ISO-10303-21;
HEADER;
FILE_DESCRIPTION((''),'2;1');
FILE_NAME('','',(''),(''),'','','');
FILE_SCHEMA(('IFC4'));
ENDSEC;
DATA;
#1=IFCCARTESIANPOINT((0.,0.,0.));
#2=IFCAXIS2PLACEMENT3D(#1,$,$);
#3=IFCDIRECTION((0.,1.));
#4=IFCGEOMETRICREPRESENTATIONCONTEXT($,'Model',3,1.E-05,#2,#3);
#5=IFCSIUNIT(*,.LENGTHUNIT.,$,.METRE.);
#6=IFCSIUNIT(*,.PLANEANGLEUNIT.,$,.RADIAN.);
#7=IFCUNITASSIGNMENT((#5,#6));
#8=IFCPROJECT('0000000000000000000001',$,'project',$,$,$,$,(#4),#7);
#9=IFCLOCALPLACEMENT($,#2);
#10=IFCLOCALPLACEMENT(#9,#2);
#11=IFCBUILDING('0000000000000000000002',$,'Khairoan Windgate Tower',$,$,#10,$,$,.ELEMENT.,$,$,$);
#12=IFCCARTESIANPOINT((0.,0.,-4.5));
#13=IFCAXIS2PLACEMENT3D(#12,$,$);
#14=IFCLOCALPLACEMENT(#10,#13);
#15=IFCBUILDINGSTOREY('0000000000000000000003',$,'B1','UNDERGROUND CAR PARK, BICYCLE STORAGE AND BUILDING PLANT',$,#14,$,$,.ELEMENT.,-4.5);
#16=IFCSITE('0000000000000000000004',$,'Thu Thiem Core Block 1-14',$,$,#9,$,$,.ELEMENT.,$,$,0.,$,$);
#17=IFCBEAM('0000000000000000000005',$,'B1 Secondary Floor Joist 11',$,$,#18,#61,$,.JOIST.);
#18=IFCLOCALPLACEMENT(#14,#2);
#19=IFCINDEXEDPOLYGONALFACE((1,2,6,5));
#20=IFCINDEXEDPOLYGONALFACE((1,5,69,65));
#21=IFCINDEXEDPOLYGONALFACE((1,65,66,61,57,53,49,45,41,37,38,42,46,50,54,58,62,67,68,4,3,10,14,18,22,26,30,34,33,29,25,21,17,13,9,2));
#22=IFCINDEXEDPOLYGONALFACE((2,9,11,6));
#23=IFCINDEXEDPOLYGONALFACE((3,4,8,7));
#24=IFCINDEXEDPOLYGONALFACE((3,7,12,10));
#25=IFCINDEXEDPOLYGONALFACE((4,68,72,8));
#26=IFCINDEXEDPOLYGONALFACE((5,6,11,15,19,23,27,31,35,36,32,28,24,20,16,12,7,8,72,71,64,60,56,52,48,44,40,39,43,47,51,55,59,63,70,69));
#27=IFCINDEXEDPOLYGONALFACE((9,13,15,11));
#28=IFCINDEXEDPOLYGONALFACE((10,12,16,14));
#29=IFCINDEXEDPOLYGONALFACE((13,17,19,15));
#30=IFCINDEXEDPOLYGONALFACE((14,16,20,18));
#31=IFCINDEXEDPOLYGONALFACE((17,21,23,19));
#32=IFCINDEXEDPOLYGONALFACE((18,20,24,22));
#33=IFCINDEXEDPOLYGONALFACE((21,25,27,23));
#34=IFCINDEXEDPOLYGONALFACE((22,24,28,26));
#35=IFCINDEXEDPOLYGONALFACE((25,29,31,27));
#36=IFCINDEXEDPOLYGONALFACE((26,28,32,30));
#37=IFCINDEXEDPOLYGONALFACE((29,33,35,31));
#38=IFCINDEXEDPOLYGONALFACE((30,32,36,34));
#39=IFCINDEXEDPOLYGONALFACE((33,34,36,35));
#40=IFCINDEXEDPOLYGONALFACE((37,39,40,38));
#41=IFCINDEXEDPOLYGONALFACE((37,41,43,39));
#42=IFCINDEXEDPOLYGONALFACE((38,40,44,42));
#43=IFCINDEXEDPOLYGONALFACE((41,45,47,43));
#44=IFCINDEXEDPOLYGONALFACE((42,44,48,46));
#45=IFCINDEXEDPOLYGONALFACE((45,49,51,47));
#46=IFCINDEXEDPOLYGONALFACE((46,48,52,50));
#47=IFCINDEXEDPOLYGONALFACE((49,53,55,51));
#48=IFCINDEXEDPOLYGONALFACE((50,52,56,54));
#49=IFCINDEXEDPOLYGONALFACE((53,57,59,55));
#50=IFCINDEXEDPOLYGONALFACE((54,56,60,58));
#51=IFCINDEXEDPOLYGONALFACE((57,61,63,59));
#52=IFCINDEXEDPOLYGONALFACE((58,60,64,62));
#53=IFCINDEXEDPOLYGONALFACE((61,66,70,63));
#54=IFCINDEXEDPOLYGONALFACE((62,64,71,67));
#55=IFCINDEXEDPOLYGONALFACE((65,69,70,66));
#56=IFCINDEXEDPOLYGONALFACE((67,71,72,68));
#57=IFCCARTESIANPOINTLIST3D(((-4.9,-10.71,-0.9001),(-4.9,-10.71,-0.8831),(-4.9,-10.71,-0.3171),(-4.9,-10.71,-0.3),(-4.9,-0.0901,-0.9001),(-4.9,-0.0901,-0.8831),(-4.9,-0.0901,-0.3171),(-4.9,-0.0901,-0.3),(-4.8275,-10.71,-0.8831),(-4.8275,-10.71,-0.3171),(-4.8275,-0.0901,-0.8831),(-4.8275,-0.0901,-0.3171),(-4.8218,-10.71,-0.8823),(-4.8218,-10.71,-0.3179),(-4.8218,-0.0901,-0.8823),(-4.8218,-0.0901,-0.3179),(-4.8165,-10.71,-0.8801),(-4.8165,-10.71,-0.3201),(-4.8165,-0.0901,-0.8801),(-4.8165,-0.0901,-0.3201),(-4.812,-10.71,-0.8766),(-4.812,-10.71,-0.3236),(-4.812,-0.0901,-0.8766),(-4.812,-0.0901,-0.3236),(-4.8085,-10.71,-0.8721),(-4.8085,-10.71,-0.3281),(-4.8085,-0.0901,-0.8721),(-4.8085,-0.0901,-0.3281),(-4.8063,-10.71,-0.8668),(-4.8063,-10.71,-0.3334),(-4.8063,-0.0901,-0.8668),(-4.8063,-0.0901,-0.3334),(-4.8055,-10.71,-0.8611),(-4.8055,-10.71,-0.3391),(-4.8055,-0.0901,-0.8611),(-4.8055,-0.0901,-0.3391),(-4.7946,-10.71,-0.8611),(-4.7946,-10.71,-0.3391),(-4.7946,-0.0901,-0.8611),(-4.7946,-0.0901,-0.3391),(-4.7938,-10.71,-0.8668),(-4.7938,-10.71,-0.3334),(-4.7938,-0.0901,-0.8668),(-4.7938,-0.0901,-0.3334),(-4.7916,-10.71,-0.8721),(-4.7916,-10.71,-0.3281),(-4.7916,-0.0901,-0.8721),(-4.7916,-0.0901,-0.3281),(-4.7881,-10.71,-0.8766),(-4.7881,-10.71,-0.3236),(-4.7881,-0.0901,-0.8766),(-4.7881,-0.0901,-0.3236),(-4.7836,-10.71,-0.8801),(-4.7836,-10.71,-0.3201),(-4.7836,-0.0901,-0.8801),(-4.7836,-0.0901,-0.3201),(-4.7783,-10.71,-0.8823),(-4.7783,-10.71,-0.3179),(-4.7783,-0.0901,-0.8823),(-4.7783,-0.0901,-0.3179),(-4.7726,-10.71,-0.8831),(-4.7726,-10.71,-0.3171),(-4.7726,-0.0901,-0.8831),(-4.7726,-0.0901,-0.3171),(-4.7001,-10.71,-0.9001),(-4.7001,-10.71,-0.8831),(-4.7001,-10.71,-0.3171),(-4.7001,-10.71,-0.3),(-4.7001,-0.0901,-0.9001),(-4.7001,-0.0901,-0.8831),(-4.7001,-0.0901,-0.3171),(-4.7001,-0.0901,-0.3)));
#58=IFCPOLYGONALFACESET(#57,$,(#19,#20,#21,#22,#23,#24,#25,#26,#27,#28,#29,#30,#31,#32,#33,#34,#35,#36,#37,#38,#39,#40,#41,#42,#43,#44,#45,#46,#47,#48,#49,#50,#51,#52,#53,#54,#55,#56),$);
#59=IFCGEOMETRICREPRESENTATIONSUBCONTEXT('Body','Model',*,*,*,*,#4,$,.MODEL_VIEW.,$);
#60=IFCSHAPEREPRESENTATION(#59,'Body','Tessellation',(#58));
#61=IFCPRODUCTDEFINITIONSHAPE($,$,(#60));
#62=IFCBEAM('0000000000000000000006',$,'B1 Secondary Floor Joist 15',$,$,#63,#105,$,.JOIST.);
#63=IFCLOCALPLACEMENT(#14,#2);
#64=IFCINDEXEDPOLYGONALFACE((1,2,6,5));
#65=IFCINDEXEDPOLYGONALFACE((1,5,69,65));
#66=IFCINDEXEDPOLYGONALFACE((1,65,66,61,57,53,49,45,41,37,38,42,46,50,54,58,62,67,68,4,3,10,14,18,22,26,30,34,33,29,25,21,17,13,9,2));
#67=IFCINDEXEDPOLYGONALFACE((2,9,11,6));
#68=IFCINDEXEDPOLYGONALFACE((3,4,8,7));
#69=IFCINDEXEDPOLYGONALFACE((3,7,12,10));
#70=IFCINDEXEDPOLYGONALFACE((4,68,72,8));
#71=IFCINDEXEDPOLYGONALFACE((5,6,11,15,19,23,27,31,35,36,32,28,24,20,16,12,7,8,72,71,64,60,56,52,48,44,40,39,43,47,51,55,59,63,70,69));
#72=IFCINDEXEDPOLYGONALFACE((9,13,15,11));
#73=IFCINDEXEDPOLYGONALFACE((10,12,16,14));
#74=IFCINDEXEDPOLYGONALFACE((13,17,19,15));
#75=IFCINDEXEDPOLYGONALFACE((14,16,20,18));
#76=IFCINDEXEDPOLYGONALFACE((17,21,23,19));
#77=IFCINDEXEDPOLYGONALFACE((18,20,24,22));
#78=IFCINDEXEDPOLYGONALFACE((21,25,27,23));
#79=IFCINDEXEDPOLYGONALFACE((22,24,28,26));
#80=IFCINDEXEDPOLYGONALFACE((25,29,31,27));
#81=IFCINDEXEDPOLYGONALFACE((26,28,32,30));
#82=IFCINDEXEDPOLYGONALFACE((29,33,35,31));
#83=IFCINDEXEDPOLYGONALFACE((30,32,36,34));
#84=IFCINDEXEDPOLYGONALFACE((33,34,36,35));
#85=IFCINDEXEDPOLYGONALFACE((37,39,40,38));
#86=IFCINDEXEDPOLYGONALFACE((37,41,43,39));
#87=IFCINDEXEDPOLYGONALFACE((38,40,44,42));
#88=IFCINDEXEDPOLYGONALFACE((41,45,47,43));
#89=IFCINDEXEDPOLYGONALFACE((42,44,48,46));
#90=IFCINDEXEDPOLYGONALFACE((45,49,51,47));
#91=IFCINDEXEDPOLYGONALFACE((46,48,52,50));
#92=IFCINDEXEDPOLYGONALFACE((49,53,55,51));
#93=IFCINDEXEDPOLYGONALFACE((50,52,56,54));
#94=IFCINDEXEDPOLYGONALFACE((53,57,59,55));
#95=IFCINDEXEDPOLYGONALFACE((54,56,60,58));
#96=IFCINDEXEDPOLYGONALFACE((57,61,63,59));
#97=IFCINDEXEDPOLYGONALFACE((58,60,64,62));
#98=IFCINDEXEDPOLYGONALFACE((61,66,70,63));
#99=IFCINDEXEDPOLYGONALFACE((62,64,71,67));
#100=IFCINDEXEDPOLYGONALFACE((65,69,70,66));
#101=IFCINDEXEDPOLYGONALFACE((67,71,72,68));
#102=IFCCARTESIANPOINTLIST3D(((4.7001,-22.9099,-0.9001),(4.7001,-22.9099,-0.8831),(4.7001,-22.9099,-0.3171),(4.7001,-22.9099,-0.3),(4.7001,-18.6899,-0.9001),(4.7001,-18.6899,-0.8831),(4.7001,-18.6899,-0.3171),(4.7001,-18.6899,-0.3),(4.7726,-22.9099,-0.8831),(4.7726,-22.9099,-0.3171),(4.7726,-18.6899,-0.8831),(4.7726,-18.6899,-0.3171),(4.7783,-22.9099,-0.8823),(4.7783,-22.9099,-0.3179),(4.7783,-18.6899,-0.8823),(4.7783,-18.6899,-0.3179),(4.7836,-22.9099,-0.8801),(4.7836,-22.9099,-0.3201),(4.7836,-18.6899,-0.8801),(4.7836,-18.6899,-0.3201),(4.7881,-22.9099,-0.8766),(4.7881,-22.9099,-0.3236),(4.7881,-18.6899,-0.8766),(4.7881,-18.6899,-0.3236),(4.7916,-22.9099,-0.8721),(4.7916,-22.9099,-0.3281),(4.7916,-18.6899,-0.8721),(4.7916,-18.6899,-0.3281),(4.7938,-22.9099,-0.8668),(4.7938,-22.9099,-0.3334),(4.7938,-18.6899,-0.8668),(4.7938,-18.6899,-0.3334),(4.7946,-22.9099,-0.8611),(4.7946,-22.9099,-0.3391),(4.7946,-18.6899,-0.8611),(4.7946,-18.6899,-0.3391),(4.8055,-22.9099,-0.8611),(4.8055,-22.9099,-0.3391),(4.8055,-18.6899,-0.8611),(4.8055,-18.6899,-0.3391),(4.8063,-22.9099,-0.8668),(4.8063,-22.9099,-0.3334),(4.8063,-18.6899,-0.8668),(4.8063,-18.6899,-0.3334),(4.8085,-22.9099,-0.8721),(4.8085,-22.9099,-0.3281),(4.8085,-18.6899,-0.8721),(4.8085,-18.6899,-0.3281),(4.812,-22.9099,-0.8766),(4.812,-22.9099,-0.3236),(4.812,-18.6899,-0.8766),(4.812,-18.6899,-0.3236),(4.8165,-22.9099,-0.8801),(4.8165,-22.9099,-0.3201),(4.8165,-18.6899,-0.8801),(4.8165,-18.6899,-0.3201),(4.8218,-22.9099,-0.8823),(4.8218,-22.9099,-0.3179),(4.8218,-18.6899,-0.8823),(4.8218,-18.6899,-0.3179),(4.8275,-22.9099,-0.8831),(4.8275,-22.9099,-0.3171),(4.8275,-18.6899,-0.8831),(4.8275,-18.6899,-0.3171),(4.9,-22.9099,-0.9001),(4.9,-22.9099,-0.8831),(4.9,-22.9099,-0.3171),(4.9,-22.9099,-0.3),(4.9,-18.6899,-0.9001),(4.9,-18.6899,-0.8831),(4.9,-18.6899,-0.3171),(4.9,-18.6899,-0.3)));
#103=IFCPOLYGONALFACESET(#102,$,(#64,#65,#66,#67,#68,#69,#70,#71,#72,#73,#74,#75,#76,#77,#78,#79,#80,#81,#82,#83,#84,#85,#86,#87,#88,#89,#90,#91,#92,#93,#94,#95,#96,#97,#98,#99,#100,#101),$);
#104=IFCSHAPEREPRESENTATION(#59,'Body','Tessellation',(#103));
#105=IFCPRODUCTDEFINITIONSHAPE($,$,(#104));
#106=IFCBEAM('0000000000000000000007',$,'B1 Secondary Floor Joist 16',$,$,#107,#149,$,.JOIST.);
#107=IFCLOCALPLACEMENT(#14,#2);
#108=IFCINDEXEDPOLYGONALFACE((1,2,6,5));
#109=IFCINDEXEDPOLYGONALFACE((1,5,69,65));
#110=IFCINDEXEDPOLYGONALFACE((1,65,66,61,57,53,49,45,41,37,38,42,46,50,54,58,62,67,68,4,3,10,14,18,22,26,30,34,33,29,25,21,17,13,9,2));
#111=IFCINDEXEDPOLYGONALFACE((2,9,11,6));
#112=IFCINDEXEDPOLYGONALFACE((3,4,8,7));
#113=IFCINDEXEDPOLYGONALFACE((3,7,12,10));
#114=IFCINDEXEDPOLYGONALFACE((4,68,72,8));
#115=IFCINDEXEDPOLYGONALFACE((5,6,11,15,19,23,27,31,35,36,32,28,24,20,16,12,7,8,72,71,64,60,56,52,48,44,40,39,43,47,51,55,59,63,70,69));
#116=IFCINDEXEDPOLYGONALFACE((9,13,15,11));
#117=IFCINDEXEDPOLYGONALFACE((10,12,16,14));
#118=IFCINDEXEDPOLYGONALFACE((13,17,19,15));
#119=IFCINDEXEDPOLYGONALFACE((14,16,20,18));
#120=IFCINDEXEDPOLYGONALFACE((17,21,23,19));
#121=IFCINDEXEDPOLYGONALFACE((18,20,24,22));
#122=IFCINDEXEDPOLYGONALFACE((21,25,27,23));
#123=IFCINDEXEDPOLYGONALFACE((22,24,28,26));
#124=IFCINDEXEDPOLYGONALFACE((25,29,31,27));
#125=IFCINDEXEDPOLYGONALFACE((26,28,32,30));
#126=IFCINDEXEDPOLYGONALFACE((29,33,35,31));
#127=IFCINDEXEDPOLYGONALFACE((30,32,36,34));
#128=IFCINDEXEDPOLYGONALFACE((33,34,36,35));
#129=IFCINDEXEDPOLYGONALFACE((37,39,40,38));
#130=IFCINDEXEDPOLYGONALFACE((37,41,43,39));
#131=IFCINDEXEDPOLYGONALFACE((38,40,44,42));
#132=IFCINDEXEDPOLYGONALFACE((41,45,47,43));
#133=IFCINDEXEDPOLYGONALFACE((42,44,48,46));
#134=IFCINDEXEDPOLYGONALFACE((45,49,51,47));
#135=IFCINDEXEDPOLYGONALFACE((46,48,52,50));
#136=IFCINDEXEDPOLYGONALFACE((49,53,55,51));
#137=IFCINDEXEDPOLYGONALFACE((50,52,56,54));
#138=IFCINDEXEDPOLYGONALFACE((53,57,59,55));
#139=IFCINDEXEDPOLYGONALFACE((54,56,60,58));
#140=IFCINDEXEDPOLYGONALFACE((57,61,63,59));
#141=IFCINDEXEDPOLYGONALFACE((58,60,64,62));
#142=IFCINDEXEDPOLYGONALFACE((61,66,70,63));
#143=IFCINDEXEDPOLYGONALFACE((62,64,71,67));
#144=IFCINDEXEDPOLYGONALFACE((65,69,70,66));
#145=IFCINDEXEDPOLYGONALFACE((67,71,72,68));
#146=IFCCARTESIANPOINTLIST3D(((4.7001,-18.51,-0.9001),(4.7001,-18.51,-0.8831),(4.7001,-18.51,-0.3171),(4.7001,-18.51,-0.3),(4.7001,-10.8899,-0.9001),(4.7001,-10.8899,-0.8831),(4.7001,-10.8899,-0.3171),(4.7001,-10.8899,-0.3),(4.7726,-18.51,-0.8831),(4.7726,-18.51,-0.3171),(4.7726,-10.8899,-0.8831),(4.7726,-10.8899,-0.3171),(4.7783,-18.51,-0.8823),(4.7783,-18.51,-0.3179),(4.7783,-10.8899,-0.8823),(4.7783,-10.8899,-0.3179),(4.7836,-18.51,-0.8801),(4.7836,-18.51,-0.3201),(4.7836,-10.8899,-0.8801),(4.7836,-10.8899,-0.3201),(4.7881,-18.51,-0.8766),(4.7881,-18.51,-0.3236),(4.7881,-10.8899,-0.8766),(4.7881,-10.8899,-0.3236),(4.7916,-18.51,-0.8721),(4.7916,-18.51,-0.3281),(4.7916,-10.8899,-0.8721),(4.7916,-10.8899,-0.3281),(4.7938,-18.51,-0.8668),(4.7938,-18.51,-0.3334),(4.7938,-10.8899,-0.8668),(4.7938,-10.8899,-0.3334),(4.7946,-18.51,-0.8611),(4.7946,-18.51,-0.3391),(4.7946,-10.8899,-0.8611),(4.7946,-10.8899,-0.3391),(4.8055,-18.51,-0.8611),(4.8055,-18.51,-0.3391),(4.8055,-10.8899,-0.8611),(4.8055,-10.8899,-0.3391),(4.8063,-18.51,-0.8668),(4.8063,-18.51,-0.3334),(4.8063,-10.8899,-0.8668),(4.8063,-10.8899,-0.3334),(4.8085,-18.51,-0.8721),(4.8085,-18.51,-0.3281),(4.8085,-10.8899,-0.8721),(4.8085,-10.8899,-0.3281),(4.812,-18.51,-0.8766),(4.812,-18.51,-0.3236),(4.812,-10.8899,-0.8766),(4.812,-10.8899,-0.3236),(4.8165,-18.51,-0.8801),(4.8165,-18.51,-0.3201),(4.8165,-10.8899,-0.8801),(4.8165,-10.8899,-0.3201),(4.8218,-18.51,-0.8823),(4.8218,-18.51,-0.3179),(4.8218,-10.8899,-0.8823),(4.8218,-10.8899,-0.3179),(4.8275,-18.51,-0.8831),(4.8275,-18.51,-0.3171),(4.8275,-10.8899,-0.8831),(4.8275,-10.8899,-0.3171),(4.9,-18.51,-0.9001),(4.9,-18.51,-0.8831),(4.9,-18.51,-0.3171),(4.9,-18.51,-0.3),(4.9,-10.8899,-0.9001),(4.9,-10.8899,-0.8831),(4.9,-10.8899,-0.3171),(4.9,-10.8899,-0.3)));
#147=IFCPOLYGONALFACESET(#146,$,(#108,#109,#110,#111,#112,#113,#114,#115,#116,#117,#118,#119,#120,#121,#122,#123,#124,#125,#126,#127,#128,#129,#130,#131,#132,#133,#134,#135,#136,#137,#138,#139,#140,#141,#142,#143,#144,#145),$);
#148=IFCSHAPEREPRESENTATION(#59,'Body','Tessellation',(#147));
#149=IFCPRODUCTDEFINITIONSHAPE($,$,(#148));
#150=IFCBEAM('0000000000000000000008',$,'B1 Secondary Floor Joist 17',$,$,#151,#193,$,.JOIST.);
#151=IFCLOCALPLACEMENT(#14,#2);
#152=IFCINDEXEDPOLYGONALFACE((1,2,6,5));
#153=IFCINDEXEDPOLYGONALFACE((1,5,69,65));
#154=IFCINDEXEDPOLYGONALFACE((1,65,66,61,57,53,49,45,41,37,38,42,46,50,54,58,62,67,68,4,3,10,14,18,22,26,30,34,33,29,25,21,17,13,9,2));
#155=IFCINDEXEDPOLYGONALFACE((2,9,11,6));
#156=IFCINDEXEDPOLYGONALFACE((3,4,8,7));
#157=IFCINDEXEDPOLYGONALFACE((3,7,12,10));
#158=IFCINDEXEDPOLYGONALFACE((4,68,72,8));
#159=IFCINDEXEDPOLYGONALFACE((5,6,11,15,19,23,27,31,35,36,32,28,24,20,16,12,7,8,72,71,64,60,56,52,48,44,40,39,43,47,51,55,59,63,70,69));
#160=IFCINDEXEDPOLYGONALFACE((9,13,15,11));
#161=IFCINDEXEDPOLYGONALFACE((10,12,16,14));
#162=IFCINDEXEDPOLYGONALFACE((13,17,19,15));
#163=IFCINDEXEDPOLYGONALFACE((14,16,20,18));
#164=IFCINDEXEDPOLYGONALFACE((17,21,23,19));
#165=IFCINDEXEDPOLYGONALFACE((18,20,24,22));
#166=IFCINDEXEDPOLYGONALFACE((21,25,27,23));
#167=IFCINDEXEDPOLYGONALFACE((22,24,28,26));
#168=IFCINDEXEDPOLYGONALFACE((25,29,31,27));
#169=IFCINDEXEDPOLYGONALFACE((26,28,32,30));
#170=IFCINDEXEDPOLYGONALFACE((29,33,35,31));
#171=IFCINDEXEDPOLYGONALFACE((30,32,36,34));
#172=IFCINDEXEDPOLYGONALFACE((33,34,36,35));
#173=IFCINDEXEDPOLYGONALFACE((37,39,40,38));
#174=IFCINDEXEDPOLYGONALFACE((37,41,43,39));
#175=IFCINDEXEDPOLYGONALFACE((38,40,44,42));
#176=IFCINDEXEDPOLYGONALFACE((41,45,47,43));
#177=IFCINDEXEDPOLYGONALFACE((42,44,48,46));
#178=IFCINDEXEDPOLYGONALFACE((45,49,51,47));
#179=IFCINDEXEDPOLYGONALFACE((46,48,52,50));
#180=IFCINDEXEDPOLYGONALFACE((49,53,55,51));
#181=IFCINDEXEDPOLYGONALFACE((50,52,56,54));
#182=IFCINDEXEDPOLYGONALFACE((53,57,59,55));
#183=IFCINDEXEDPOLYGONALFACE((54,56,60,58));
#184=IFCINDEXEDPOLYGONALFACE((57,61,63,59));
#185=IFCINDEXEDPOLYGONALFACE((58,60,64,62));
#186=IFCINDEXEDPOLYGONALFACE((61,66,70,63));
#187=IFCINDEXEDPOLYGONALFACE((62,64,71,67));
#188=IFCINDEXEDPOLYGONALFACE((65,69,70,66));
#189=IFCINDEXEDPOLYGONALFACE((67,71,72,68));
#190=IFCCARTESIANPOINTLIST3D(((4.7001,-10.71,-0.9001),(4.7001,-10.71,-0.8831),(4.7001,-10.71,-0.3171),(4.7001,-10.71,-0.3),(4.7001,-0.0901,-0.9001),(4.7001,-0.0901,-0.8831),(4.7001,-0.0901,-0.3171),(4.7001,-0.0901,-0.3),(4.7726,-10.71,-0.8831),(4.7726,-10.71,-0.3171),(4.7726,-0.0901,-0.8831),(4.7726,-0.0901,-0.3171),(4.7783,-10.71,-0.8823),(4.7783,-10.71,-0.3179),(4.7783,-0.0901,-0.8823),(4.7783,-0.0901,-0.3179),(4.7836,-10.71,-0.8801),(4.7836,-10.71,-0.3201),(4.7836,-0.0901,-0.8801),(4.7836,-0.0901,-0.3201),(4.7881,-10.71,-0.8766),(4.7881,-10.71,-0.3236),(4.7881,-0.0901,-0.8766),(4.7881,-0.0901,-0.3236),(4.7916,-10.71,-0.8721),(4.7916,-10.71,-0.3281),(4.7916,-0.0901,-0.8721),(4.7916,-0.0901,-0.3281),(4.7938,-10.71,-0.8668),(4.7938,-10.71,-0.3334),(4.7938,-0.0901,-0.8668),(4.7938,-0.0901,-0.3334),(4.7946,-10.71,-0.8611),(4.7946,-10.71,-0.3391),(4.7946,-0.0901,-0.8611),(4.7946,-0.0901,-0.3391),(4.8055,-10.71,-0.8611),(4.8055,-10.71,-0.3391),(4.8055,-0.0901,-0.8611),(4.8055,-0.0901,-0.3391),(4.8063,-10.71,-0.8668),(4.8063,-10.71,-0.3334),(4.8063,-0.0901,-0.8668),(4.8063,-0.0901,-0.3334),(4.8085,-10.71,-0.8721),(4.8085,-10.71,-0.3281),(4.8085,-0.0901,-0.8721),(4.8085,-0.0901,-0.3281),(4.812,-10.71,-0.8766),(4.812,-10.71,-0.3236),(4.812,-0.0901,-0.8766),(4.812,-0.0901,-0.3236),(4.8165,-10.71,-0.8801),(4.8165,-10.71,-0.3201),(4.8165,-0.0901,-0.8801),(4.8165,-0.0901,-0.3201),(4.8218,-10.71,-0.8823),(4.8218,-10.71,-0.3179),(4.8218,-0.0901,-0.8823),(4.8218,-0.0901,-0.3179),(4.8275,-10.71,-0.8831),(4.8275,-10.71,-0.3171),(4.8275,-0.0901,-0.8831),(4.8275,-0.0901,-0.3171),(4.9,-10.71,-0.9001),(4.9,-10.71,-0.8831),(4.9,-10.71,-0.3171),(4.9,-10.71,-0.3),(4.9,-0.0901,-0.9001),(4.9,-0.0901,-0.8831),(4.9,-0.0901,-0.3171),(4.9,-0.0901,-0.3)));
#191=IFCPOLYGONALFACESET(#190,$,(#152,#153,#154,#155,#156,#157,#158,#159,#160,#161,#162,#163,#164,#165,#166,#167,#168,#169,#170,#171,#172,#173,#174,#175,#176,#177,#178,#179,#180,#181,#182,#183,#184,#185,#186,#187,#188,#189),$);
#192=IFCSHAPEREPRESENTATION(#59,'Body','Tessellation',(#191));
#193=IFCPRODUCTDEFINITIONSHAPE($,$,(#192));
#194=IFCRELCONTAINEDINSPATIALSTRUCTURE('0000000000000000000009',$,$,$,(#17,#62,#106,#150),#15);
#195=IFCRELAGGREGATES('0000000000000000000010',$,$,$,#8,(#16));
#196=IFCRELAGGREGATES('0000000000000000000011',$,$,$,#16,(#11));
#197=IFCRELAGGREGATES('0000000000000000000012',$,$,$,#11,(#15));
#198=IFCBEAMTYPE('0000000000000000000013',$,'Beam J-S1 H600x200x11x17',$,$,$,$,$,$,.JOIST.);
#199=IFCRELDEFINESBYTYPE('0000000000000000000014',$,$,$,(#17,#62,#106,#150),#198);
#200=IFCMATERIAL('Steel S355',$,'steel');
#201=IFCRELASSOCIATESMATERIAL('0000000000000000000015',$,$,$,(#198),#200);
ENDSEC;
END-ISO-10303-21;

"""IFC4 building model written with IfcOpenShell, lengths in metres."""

from ifc_helpers import new_model, si_unit, direction, frame, origin, origin_2d, place, context, subcontext, project, spatial, i_section, extrude, material, material_profile, profile_set, type_object, element, save


model = new_model("IFC4")

# Units and contexts
model_context = context("Model", 3, precision=1e-05, world=origin(), true_north=direction((0.0, 1.0)))
body_context = subcontext(model_context, "Body", "Model", "MODEL_VIEW")
ifc_project = project(units=[si_unit("LENGTHUNIT", "METRE"), si_unit("PLANEANGLEUNIT", "RADIAN")], contexts=[model_context])

# Site, building, storey
site_placement = place(None, origin())
site = spatial("IfcSite", under=ifc_project, at=site_placement, Name="Thu Thiem Core Block 1-14", CompositionType="ELEMENT", RefElevation=0.0)
building_placement = place(site_placement, origin())
building = spatial("IfcBuilding", under=site, at=building_placement, Name="Khairoan Windgate Tower", CompositionType="ELEMENT")
storey_placement = place(building_placement, frame((0.0, 0.0, -4.5)))
storey = spatial("IfcBuildingStorey", under=building, at=storey_placement, Name="B1", Description="UNDERGROUND CAR PARK, BICYCLE STORAGE AND BUILDING PLANT", CompositionType="ELEMENT", Elevation=-4.5)

# Beams
ifc_material_1 = material(Name="Steel S355", Category="steel")
ifc_material_profile_1 = material_profile(ifc_material_1, i_section(OverallWidth=0.2, OverallDepth=0.6001, WebThickness=0.011, FlangeThickness=0.0171, FilletRadius=0.022, at=origin_2d()))
ifc_profile_set_1 = profile_set([ifc_material_profile_1], Name="Steel S355")
beam_type_1 = type_object("IfcBeamType", Name="Beam J-S1 H600x200x11x17", PredefinedType="JOIST", material=ifc_profile_set_1)
beam_1_placement = place(storey_placement, frame((-4.8, -10.71, -0.6001), z_axis=(0.0, 1.0, 0.0), x_axis=(-1.0, 0.0, 0.0)))
element("IfcBeam", 1, at=beam_1_placement, inside=storey, type_object=beam_type_1, Name="B1 Secondary Floor Joist 11", PredefinedType="JOIST", context=body_context, shape_type="SweptSolid", body=[
    extrude(i_section(OverallWidth=0.2, OverallDepth=0.6001, WebThickness=0.011, FlangeThickness=0.0171, FilletRadius=0.022, at=origin_2d()), origin(), (0.0, 0.0, 1.0), 10.6199),
])
beam_2_placement = place(storey_placement, frame((4.8, -22.9099, -0.6001), z_axis=(0.0, 1.0, 0.0), x_axis=(-1.0, 0.0, 0.0)))
element("IfcBeam", 2, at=beam_2_placement, inside=storey, type_object=beam_type_1, Name="B1 Secondary Floor Joist 15", PredefinedType="JOIST", context=body_context, shape_type="SweptSolid", body=[
    extrude(i_section(OverallWidth=0.2, OverallDepth=0.6001, WebThickness=0.011, FlangeThickness=0.0171, FilletRadius=0.022, at=origin_2d()), origin(), (0.0, 0.0, 1.0), 4.22),
])
beam_3_placement = place(storey_placement, frame((4.8, -18.51, -0.6001), z_axis=(0.0, 1.0, 0.0), x_axis=(-1.0, 0.0, 0.0)))
element("IfcBeam", 3, at=beam_3_placement, inside=storey, type_object=beam_type_1, Name="B1 Secondary Floor Joist 16", PredefinedType="JOIST", context=body_context, shape_type="SweptSolid", body=[
    extrude(i_section(OverallWidth=0.2, OverallDepth=0.6001, WebThickness=0.011, FlangeThickness=0.0171, FilletRadius=0.022, at=origin_2d()), origin(), (0.0, 0.0, 1.0), 7.6201),
])
beam_4_placement = place(storey_placement, frame((4.8, -10.71, -0.6001), z_axis=(0.0, 1.0, 0.0), x_axis=(-1.0, 0.0, 0.0)))
element("IfcBeam", 4, at=beam_4_placement, inside=storey, type_object=beam_type_1, Name="B1 Secondary Floor Joist 17", PredefinedType="JOIST", context=body_context, shape_type="SweptSolid", body=[
    extrude(i_section(OverallWidth=0.2, OverallDepth=0.6001, WebThickness=0.011, FlangeThickness=0.0171, FilletRadius=0.022, at=origin_2d()), origin(), (0.0, 0.0, 1.0), 10.6199),
])

save(model, "model.ifc")
